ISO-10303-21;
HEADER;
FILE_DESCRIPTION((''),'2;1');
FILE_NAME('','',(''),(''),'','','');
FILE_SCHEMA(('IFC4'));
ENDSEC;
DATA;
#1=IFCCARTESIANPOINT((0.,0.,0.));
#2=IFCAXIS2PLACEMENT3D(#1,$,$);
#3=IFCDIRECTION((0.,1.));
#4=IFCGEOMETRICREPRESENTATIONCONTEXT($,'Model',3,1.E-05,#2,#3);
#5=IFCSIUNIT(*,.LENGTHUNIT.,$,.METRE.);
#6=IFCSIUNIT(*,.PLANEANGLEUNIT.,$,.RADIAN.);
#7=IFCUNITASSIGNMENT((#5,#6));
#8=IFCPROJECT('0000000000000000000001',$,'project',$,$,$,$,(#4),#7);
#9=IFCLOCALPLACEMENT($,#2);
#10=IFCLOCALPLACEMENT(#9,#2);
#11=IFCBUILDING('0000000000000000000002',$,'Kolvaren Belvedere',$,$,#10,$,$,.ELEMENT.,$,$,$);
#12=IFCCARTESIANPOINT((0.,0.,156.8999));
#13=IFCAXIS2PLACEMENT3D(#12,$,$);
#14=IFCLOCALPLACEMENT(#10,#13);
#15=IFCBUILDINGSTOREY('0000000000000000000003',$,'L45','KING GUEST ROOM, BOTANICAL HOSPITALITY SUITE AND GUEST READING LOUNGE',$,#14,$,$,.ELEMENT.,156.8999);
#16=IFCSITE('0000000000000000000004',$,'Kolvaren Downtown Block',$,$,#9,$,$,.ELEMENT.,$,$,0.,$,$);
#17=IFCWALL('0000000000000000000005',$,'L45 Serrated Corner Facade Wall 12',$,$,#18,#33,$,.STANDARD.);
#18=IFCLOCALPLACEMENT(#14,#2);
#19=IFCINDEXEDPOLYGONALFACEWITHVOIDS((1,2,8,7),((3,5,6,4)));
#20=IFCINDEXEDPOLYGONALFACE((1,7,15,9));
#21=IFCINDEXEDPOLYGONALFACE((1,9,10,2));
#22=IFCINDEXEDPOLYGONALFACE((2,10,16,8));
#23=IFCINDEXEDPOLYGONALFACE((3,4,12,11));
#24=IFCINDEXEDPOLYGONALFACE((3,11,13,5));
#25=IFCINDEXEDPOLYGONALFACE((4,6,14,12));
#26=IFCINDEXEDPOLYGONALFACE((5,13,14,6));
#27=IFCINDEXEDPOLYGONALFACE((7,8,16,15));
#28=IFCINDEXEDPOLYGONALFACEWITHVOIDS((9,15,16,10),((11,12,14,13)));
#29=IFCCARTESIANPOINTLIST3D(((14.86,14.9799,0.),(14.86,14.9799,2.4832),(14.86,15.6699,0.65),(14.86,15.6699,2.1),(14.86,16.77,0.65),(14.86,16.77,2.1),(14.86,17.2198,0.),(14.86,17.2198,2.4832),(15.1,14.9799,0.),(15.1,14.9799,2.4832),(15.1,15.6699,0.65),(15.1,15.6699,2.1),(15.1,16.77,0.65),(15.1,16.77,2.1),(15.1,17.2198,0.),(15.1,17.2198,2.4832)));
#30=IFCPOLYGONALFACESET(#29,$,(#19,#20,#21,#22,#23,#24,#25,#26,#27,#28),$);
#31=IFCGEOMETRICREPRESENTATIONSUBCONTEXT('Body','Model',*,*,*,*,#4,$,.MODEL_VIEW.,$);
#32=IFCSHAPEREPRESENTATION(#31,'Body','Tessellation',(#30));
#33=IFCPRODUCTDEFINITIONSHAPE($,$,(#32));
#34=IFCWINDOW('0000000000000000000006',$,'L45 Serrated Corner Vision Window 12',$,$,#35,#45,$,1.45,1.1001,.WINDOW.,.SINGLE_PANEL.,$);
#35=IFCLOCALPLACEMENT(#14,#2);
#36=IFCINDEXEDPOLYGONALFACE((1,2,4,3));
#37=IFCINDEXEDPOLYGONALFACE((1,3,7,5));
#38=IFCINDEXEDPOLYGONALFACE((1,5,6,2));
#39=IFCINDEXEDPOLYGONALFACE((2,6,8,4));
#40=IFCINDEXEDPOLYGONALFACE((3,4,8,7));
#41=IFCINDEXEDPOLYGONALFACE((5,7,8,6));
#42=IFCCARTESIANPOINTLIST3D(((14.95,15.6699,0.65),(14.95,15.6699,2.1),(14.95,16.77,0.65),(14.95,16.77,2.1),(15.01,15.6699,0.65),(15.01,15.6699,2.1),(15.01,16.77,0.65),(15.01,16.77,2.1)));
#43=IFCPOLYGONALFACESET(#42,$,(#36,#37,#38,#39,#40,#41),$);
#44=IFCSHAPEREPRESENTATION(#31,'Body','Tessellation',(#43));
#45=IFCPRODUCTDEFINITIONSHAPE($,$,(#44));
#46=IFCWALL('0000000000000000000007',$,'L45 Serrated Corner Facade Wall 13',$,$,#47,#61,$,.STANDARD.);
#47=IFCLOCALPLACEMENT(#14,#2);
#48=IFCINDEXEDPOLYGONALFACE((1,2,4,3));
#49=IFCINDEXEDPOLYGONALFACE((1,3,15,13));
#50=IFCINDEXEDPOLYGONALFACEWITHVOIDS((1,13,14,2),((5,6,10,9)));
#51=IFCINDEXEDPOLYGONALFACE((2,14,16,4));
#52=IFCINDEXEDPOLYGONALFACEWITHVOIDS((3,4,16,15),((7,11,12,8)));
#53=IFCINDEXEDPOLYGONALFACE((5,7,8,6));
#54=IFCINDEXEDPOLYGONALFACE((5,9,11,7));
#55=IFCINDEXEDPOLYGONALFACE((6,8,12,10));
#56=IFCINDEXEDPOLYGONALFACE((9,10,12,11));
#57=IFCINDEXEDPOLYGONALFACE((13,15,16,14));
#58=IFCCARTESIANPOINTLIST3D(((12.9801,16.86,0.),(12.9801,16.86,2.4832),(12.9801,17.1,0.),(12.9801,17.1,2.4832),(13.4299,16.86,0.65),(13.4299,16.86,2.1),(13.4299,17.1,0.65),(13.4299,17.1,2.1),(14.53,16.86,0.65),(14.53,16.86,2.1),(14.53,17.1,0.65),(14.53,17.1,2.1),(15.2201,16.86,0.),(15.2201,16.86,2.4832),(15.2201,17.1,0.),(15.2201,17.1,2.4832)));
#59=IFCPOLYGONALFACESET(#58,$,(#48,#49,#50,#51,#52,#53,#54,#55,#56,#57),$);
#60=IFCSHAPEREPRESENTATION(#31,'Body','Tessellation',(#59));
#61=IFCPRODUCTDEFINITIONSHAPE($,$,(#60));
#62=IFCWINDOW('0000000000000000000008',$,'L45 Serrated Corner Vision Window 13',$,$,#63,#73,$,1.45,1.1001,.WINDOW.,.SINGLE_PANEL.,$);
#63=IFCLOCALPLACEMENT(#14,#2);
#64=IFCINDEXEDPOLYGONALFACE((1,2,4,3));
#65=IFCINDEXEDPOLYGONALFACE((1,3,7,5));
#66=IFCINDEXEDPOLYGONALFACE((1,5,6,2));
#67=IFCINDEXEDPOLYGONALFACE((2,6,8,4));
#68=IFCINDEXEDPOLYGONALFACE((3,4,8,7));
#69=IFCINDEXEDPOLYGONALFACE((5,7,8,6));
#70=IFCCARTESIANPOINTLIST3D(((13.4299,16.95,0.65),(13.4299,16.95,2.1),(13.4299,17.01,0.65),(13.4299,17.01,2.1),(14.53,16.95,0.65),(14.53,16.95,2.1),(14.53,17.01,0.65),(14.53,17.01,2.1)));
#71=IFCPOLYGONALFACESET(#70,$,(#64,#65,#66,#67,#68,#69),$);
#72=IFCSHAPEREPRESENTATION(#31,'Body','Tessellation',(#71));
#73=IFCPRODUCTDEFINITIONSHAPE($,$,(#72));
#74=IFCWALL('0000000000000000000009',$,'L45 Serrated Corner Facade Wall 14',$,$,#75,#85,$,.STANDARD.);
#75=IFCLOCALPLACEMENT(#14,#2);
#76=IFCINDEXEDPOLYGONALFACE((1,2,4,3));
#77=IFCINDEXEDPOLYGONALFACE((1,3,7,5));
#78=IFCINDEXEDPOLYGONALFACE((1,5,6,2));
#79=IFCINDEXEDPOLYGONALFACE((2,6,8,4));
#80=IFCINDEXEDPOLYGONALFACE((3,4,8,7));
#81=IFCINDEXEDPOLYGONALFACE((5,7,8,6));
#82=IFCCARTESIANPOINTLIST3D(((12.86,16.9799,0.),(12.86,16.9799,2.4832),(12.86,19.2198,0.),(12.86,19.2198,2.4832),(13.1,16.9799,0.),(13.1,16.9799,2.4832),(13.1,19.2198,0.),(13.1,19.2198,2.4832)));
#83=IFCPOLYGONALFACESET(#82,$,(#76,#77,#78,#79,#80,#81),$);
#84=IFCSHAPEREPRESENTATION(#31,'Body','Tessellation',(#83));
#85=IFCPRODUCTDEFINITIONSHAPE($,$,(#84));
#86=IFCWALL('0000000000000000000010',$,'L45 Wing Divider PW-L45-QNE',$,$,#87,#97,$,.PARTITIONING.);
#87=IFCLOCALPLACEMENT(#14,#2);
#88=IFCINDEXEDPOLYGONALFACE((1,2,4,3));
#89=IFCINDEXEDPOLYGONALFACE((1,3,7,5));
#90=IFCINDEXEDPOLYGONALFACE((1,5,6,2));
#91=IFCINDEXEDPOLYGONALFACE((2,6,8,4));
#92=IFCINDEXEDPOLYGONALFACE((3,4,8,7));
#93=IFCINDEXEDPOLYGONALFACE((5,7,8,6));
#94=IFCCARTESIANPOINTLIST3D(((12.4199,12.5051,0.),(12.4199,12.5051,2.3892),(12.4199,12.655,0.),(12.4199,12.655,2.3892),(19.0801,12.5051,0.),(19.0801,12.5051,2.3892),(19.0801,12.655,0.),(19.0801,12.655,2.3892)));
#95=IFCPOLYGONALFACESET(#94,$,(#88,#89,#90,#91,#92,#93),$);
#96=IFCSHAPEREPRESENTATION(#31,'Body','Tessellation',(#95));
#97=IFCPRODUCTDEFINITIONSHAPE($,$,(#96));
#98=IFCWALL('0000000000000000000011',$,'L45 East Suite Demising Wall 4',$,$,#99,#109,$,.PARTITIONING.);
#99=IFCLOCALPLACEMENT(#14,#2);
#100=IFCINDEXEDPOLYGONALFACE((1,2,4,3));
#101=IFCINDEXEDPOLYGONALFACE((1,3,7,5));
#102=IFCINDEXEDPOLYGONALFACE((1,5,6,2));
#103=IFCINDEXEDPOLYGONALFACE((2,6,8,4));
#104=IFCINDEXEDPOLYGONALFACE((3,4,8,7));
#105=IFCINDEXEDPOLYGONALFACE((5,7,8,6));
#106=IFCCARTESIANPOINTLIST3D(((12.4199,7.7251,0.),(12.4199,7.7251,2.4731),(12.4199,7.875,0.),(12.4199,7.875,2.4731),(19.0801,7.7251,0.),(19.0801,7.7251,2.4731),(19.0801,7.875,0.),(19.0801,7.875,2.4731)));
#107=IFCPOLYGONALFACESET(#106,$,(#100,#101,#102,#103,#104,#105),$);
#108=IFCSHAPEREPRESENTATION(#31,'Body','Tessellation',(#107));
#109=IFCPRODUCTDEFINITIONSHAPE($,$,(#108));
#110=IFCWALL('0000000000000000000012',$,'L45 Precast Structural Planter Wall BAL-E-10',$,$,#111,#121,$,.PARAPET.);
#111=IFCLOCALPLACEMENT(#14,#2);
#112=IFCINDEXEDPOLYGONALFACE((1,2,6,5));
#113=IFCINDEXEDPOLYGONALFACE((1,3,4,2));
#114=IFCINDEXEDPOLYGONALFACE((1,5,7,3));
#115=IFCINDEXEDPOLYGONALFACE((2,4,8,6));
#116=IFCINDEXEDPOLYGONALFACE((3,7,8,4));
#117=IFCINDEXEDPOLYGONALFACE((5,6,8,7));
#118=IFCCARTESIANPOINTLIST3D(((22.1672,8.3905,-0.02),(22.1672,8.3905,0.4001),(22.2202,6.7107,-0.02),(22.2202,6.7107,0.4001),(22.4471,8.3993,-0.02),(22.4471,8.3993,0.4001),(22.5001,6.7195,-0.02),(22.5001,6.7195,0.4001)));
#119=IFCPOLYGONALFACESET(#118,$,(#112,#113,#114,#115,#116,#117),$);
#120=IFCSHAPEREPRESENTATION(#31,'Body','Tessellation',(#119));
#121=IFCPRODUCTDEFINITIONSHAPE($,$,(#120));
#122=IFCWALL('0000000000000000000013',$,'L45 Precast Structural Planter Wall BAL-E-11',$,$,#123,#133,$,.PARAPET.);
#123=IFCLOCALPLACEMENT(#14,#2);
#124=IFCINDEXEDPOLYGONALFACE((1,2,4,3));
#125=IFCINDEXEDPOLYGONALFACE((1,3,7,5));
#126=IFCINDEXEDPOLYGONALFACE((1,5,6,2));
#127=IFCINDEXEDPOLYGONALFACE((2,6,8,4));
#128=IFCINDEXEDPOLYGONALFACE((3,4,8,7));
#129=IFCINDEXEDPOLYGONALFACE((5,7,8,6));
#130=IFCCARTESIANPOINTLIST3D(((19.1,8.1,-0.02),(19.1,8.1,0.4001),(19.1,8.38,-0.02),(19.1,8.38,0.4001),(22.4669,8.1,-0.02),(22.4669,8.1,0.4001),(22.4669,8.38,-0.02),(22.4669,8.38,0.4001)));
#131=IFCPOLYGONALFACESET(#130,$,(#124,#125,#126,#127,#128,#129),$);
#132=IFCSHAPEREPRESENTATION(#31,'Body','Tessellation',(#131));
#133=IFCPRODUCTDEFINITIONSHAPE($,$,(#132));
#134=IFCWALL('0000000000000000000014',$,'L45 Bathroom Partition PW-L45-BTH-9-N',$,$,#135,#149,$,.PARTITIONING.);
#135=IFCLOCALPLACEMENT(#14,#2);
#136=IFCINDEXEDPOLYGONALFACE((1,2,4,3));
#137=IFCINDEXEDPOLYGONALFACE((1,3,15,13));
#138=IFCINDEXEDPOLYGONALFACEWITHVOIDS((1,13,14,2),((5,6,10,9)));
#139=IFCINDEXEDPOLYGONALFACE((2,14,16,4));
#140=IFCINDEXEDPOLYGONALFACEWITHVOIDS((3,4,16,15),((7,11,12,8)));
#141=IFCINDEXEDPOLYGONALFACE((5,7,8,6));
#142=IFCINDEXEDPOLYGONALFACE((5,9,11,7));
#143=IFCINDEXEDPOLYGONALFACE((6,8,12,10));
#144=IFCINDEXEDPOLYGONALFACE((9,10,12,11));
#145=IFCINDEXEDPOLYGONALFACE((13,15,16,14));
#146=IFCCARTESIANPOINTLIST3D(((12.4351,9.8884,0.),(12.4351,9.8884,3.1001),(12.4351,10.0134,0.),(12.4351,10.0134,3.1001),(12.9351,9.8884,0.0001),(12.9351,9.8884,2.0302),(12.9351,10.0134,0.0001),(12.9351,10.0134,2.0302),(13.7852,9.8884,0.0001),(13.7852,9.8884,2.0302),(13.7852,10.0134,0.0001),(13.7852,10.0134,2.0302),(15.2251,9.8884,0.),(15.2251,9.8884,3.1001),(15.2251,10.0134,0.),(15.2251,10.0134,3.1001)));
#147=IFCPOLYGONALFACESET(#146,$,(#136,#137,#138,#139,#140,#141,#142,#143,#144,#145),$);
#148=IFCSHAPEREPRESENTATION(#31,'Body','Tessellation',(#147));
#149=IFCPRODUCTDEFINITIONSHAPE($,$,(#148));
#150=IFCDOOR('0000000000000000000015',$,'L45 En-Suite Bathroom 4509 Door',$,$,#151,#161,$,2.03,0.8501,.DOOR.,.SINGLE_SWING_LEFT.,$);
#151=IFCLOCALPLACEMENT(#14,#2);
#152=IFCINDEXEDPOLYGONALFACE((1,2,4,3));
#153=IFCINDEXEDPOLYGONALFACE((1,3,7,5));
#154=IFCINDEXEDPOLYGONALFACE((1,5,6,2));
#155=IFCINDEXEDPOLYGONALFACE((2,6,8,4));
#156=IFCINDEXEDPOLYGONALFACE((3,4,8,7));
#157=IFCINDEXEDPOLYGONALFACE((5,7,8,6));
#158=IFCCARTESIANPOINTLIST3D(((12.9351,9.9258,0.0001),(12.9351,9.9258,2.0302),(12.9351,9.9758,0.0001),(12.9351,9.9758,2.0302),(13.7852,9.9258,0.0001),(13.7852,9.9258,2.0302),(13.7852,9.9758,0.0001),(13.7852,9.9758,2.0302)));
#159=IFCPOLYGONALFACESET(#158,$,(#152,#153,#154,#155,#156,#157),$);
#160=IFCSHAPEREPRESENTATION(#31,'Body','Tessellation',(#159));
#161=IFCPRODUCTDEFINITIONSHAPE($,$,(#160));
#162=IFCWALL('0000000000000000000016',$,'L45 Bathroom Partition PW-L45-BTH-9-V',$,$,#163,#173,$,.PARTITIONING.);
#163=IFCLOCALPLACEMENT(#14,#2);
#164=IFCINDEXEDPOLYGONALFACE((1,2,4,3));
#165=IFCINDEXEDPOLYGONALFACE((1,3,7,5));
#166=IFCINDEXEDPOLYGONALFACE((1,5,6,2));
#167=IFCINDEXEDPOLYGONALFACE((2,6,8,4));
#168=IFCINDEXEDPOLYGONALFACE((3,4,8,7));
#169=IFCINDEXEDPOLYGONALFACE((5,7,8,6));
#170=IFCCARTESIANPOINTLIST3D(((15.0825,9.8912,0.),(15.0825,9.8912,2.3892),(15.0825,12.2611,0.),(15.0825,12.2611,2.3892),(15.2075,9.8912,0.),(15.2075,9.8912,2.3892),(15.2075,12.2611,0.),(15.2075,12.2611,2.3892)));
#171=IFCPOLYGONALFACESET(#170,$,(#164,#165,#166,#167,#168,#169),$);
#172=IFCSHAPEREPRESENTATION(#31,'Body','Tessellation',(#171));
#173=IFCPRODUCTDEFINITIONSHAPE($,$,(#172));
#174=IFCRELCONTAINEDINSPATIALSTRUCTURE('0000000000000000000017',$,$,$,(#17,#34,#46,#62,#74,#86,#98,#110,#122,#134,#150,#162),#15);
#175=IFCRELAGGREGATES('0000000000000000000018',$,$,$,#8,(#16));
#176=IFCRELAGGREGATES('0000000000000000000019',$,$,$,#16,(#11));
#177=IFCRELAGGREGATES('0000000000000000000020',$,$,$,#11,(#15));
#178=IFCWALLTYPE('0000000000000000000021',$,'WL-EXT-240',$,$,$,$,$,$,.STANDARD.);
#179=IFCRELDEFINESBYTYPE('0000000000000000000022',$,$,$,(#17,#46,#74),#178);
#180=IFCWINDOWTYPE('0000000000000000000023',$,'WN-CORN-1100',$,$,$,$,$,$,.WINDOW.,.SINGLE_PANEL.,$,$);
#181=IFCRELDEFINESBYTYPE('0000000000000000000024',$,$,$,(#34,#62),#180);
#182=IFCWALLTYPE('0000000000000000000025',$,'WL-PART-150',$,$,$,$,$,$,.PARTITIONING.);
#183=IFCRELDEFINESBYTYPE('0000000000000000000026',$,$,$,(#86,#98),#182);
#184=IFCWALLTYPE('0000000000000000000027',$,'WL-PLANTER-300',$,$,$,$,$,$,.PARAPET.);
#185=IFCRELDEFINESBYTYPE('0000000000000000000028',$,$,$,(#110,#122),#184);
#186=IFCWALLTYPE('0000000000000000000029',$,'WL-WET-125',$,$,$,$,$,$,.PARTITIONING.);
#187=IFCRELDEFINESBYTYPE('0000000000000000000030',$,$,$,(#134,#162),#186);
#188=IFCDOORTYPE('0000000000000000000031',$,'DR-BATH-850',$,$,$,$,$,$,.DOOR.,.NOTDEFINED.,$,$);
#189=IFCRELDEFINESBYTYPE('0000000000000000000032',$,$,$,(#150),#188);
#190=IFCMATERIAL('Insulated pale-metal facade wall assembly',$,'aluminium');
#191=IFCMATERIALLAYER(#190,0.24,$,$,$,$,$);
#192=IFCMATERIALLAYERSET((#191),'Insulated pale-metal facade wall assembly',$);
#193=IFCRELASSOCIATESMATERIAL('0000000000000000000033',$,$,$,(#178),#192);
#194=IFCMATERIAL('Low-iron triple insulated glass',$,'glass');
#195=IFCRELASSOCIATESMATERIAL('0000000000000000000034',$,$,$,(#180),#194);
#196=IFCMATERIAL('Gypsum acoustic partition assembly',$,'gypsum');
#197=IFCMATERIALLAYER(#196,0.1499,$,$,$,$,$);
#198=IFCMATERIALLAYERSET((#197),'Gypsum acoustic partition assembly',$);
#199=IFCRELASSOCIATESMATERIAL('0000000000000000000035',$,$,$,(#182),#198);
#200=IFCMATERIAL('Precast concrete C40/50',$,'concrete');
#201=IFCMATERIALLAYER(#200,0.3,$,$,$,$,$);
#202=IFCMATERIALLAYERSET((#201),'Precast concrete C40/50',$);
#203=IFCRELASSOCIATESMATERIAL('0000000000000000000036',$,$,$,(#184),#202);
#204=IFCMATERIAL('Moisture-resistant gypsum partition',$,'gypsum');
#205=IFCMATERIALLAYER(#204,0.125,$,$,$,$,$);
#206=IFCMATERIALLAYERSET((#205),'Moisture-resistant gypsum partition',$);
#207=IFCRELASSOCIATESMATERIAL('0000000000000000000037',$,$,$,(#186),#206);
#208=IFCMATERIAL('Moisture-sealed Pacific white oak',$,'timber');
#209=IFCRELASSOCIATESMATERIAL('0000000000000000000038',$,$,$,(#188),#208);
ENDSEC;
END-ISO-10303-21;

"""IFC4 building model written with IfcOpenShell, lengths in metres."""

from ifc_helpers import new_model, si_unit, direction, frame, frame_2d, origin, place, context, subcontext, project, spatial, rectangle, extrude, material, layer, layer_set, type_object, element, fill, save


model = new_model("IFC4")

# Units and contexts
model_context = context("Model", 3, precision=1e-05, world=origin(), true_north=direction((0.0, 1.0)))
body_context = subcontext(model_context, "Body", "Model", "MODEL_VIEW")
ifc_project = project(units=[si_unit("LENGTHUNIT", "METRE"), si_unit("PLANEANGLEUNIT", "RADIAN")], contexts=[model_context])

# Site, building, storey
site_placement = place(None, origin())
site = spatial("IfcSite", under=ifc_project, at=site_placement, Name="Kolvaren Downtown Block", CompositionType="ELEMENT", RefElevation=0.0)
building_placement = place(site_placement, origin())
building = spatial("IfcBuilding", under=site, at=building_placement, Name="Kolvaren Belvedere", CompositionType="ELEMENT")
storey_placement = place(building_placement, frame((0.0, 0.0, 156.8999)))
storey = spatial("IfcBuildingStorey", under=building, at=storey_placement, Name="L45", Description="KING GUEST ROOM, BOTANICAL HOSPITALITY SUITE AND GUEST READING LOUNGE", CompositionType="ELEMENT", Elevation=156.8999)

# Shared definitions
ifc_material_1 = material(Name="Insulated pale-metal facade wall assembly", Category="aluminium")
ifc_layer_1 = layer(ifc_material_1, 0.24)
ifc_layer_set_1 = layer_set([ifc_layer_1], Name="Insulated pale-metal facade wall assembly")
wall_type_1 = type_object("IfcWallType", Name="WL-EXT-240", PredefinedType="STANDARD", material=ifc_layer_set_1)

# Walls, openings, windows
ifc_material_2 = material(Name="Low-iron triple insulated glass", Category="glass")
window_type = type_object("IfcWindowType", Name="WN-CORN-1100", PartitioningType="SINGLE_PANEL", PredefinedType="WINDOW", material=ifc_material_2)
wall_1_placement = place(storey_placement, frame((14.98, 17.22, 0.0), z_axis=(0.0, 0.0, 1.0), x_axis=(0.0, -1.0, 0.0)))
wall_1 = element("IfcWall", 1, at=wall_1_placement, inside=storey, type_object=wall_type_1, Name="L45 Serrated Corner Facade Wall 12", PredefinedType="STANDARD", context=body_context, shape_type="SweptSolid", body=[
    extrude(rectangle(XDim=2.24, YDim=0.24, at=frame_2d((1.1201, 0.0))), origin(), (0.0, 0.0, 1.0), 2.4832),
])
opening_1_placement = place(wall_1_placement, frame((0.45, 0.0, 0.6499)))
opening_1 = element("IfcOpeningElement", 2, at=opening_1_placement, cuts=wall_1, PredefinedType="OPENING", context=body_context, shape_type="SweptSolid", body=[
    extrude(rectangle(XDim=1.1001, YDim=1.45, at=frame_2d((0.55, 0.7251))), frame((0.0, 0.1299, 0.0), z_axis=(0.0, -1.0, 0.0), x_axis=(1.0, 0.0, 0.0)), (0.0, 0.0, 1.0), 0.26),
])
window_1_placement = place(opening_1_placement, origin())
window_1 = element("IfcWindow", 3, at=window_1_placement, inside=storey, type_object=window_type, Name="L45 Serrated Corner Vision Window 12", OverallHeight=1.45, OverallWidth=1.1001, PartitioningType="SINGLE_PANEL", PredefinedType="WINDOW", context=body_context, shape_type="SweptSolid", body=[
    extrude(rectangle(XDim=1.1001, YDim=1.45, at=frame_2d((0.55, 0.7251))), frame((0.0, 0.03, 0.0), z_axis=(0.0, -1.0, 0.0), x_axis=(1.0, 0.0, 0.0)), (0.0, 0.0, 1.0), 0.0601),
])
fill(opening_1, window_1)
wall_2_placement = place(storey_placement, frame((12.98, 16.98, 0.0), z_axis=(0.0, 0.0, 1.0), x_axis=(1.0, 0.0, 0.0)))
wall_2 = element("IfcWall", 4, at=wall_2_placement, inside=storey, type_object=wall_type_1, Name="L45 Serrated Corner Facade Wall 13", PredefinedType="STANDARD", context=body_context, shape_type="SweptSolid", body=[
    extrude(rectangle(XDim=2.24, YDim=0.24, at=frame_2d((1.1201, 0.0))), origin(), (0.0, 0.0, 1.0), 2.4832),
])
opening_2_placement = place(wall_2_placement, frame((0.45, 0.0, 0.6499)))
opening_2 = element("IfcOpeningElement", 5, at=opening_2_placement, cuts=wall_2, PredefinedType="OPENING", context=body_context, shape_type="SweptSolid", body=[
    extrude(rectangle(XDim=1.1001, YDim=1.45, at=frame_2d((0.55, 0.7251))), frame((0.0, 0.1299, 0.0), z_axis=(0.0, -1.0, 0.0), x_axis=(1.0, 0.0, 0.0)), (0.0, 0.0, 1.0), 0.26),
])
window_2_placement = place(opening_2_placement, origin())
window_2 = element("IfcWindow", 6, at=window_2_placement, inside=storey, type_object=window_type, Name="L45 Serrated Corner Vision Window 13", OverallHeight=1.45, OverallWidth=1.1001, PartitioningType="SINGLE_PANEL", PredefinedType="WINDOW", context=body_context, shape_type="SweptSolid", body=[
    extrude(rectangle(XDim=1.1001, YDim=1.45, at=frame_2d((0.55, 0.7251))), frame((0.0, 0.03, 0.0), z_axis=(0.0, -1.0, 0.0), x_axis=(1.0, 0.0, 0.0)), (0.0, 0.0, 1.0), 0.0601),
])
fill(opening_2, window_2)

# Walls
wall_3_placement = place(storey_placement, frame((12.98, 19.22, 0.0), z_axis=(0.0, 0.0, 1.0), x_axis=(0.0, -1.0, 0.0)))
element("IfcWall", 7, at=wall_3_placement, inside=storey, type_object=wall_type_1, Name="L45 Serrated Corner Facade Wall 14", PredefinedType="STANDARD", context=body_context, shape_type="SweptSolid", body=[
    extrude(rectangle(XDim=2.24, YDim=0.24, at=frame_2d((1.1201, 0.0))), origin(), (0.0, 0.0, 1.0), 2.4832),
])
ifc_material_3 = material(Name="Gypsum acoustic partition assembly", Category="gypsum")
ifc_layer_2 = layer(ifc_material_3, 0.1499)
ifc_layer_set_2 = layer_set([ifc_layer_2], Name="Gypsum acoustic partition assembly")
wall_type_2 = type_object("IfcWallType", Name="WL-PART-150", PredefinedType="PARTITIONING", material=ifc_layer_set_2)
wall_4_placement = place(storey_placement, frame((12.4199, 12.5801, 0.0), z_axis=(0.0, 0.0, 1.0), x_axis=(1.0, 0.0, 0.0)))
element("IfcWall", 8, at=wall_4_placement, inside=storey, type_object=wall_type_2, Name="L45 Wing Divider PW-L45-QNE", PredefinedType="PARTITIONING", context=body_context, shape_type="SweptSolid", body=[
    extrude(rectangle(XDim=6.6602, YDim=0.1499, at=frame_2d((3.3301, 0.0))), origin(), (0.0, 0.0, 1.0), 2.3892),
])
wall_5_placement = place(storey_placement, frame((12.4199, 7.8, 0.0), z_axis=(0.0, 0.0, 1.0), x_axis=(1.0, 0.0, 0.0)))
element("IfcWall", 9, at=wall_5_placement, inside=storey, type_object=wall_type_2, Name="L45 East Suite Demising Wall 4", PredefinedType="PARTITIONING", context=body_context, shape_type="SweptSolid", body=[
    extrude(rectangle(XDim=6.6602, YDim=0.1499, at=frame_2d((3.3301, 0.0))), origin(), (0.0, 0.0, 1.0), 2.4731),
])
ifc_material_4 = material(Name="Precast concrete C40/50", Category="concrete")
ifc_layer_3 = layer(ifc_material_4, 0.3)
ifc_layer_set_3 = layer_set([ifc_layer_3], Name="Precast concrete C40/50")
wall_type_3 = type_object("IfcWallType", Name="WL-PLANTER-300", PredefinedType="PARAPET", material=ifc_layer_set_3)
wall_6_placement = place(storey_placement, frame((22.3601, 6.7151, -0.02), z_axis=(0.0, 0.0, 1.0), x_axis=(-0.03152, 0.999503, 0.0)))
element("IfcWall", 10, at=wall_6_placement, inside=storey, type_object=wall_type_3, Name="L45 Precast Structural Planter Wall BAL-E-10", PredefinedType="PARAPET", context=body_context, shape_type="SweptSolid", body=[
    extrude(rectangle(XDim=1.6807, YDim=0.28, at=frame_2d((0.8403, 0.0))), origin(), (0.0, 0.0, 1.0), 0.4202),
])
wall_7_placement = place(storey_placement, frame((22.467, 8.24, -0.02), z_axis=(0.0, 0.0, 1.0), x_axis=(-1.0, 0.0, 0.0)))
element("IfcWall", 11, at=wall_7_placement, inside=storey, type_object=wall_type_3, Name="L45 Precast Structural Planter Wall BAL-E-11", PredefinedType="PARAPET", context=body_context, shape_type="SweptSolid", body=[
    extrude(rectangle(XDim=3.3669, YDim=0.28, at=frame_2d((1.6836, 0.0))), origin(), (0.0, 0.0, 1.0), 0.4202),
])

# Wall, opening, door
ifc_material_5 = material(Name="Moisture-resistant gypsum partition", Category="gypsum")
ifc_layer_4 = layer(ifc_material_5, 0.125)
ifc_layer_set_4 = layer_set([ifc_layer_4], Name="Moisture-resistant gypsum partition")
wall_type_4 = type_object("IfcWallType", Name="WL-WET-125", PredefinedType="PARTITIONING", material=ifc_layer_set_4)
wall_8_placement = place(storey_placement, frame((12.4351, 9.9509, 0.0), z_axis=(0.0, 0.0, 1.0), x_axis=(1.0, 0.0, 0.0)))
wall_8 = element("IfcWall", 12, at=wall_8_placement, inside=storey, type_object=wall_type_4, Name="L45 Bathroom Partition PW-L45-BTH-9-N", PredefinedType="PARTITIONING", context=body_context, shape_type="SweptSolid", body=[
    extrude(rectangle(XDim=2.79, YDim=0.125, at=frame_2d((1.395, 0.0))), origin(), (0.0, 0.0, 1.0), 3.1001),
])
opening_3_placement = place(wall_8_placement, frame((0.5, 0.0, 0.0)))
opening_3 = element("IfcOpeningElement", 13, at=opening_3_placement, cuts=wall_8, PredefinedType="OPENING", context=body_context, shape_type="SweptSolid", body=[
    extrude(rectangle(XDim=0.8501, YDim=2.03, at=frame_2d((0.425, 1.0151))), frame((0.0, 0.0725, 0.0), z_axis=(0.0, -1.0, 0.0), x_axis=(1.0, 0.0, 0.0)), (0.0, 0.0, 1.0), 0.145),
])
ifc_material_6 = material(Name="Moisture-sealed Pacific white oak", Category="timber")
door_type = type_object("IfcDoorType", Name="DR-BATH-850", OperationType="NOTDEFINED", PredefinedType="DOOR", material=ifc_material_6)
door_placement = place(opening_3_placement, origin())
door = element("IfcDoor", 14, at=door_placement, inside=storey, type_object=door_type, Name="L45 En-Suite Bathroom 4509 Door", OperationType="SINGLE_SWING_LEFT", OverallHeight=2.03, OverallWidth=0.8501, PredefinedType="DOOR", context=body_context, shape_type="SweptSolid", body=[
    extrude(rectangle(XDim=0.8501, YDim=2.03, at=frame_2d((0.425, 1.0151))), frame((0.0, 0.0249, 0.0), z_axis=(0.0, -1.0, 0.0), x_axis=(1.0, 0.0, 0.0)), (0.0, 0.0, 1.0), 0.05),
])
fill(opening_3, door)

# Wall
wall_9_placement = place(storey_placement, frame((15.145, 9.8911, 0.0), z_axis=(0.0, 0.0, 1.0), x_axis=(0.0, 1.0, 0.0)))
element("IfcWall", 15, at=wall_9_placement, inside=storey, type_object=wall_type_4, Name="L45 Bathroom Partition PW-L45-BTH-9-V", PredefinedType="PARTITIONING", context=body_context, shape_type="SweptSolid", body=[
    extrude(rectangle(XDim=2.3699, YDim=0.125, at=frame_2d((1.1851, 0.0))), origin(), (0.0, 0.0, 1.0), 2.3892),
])

save(model, "model.ifc")
